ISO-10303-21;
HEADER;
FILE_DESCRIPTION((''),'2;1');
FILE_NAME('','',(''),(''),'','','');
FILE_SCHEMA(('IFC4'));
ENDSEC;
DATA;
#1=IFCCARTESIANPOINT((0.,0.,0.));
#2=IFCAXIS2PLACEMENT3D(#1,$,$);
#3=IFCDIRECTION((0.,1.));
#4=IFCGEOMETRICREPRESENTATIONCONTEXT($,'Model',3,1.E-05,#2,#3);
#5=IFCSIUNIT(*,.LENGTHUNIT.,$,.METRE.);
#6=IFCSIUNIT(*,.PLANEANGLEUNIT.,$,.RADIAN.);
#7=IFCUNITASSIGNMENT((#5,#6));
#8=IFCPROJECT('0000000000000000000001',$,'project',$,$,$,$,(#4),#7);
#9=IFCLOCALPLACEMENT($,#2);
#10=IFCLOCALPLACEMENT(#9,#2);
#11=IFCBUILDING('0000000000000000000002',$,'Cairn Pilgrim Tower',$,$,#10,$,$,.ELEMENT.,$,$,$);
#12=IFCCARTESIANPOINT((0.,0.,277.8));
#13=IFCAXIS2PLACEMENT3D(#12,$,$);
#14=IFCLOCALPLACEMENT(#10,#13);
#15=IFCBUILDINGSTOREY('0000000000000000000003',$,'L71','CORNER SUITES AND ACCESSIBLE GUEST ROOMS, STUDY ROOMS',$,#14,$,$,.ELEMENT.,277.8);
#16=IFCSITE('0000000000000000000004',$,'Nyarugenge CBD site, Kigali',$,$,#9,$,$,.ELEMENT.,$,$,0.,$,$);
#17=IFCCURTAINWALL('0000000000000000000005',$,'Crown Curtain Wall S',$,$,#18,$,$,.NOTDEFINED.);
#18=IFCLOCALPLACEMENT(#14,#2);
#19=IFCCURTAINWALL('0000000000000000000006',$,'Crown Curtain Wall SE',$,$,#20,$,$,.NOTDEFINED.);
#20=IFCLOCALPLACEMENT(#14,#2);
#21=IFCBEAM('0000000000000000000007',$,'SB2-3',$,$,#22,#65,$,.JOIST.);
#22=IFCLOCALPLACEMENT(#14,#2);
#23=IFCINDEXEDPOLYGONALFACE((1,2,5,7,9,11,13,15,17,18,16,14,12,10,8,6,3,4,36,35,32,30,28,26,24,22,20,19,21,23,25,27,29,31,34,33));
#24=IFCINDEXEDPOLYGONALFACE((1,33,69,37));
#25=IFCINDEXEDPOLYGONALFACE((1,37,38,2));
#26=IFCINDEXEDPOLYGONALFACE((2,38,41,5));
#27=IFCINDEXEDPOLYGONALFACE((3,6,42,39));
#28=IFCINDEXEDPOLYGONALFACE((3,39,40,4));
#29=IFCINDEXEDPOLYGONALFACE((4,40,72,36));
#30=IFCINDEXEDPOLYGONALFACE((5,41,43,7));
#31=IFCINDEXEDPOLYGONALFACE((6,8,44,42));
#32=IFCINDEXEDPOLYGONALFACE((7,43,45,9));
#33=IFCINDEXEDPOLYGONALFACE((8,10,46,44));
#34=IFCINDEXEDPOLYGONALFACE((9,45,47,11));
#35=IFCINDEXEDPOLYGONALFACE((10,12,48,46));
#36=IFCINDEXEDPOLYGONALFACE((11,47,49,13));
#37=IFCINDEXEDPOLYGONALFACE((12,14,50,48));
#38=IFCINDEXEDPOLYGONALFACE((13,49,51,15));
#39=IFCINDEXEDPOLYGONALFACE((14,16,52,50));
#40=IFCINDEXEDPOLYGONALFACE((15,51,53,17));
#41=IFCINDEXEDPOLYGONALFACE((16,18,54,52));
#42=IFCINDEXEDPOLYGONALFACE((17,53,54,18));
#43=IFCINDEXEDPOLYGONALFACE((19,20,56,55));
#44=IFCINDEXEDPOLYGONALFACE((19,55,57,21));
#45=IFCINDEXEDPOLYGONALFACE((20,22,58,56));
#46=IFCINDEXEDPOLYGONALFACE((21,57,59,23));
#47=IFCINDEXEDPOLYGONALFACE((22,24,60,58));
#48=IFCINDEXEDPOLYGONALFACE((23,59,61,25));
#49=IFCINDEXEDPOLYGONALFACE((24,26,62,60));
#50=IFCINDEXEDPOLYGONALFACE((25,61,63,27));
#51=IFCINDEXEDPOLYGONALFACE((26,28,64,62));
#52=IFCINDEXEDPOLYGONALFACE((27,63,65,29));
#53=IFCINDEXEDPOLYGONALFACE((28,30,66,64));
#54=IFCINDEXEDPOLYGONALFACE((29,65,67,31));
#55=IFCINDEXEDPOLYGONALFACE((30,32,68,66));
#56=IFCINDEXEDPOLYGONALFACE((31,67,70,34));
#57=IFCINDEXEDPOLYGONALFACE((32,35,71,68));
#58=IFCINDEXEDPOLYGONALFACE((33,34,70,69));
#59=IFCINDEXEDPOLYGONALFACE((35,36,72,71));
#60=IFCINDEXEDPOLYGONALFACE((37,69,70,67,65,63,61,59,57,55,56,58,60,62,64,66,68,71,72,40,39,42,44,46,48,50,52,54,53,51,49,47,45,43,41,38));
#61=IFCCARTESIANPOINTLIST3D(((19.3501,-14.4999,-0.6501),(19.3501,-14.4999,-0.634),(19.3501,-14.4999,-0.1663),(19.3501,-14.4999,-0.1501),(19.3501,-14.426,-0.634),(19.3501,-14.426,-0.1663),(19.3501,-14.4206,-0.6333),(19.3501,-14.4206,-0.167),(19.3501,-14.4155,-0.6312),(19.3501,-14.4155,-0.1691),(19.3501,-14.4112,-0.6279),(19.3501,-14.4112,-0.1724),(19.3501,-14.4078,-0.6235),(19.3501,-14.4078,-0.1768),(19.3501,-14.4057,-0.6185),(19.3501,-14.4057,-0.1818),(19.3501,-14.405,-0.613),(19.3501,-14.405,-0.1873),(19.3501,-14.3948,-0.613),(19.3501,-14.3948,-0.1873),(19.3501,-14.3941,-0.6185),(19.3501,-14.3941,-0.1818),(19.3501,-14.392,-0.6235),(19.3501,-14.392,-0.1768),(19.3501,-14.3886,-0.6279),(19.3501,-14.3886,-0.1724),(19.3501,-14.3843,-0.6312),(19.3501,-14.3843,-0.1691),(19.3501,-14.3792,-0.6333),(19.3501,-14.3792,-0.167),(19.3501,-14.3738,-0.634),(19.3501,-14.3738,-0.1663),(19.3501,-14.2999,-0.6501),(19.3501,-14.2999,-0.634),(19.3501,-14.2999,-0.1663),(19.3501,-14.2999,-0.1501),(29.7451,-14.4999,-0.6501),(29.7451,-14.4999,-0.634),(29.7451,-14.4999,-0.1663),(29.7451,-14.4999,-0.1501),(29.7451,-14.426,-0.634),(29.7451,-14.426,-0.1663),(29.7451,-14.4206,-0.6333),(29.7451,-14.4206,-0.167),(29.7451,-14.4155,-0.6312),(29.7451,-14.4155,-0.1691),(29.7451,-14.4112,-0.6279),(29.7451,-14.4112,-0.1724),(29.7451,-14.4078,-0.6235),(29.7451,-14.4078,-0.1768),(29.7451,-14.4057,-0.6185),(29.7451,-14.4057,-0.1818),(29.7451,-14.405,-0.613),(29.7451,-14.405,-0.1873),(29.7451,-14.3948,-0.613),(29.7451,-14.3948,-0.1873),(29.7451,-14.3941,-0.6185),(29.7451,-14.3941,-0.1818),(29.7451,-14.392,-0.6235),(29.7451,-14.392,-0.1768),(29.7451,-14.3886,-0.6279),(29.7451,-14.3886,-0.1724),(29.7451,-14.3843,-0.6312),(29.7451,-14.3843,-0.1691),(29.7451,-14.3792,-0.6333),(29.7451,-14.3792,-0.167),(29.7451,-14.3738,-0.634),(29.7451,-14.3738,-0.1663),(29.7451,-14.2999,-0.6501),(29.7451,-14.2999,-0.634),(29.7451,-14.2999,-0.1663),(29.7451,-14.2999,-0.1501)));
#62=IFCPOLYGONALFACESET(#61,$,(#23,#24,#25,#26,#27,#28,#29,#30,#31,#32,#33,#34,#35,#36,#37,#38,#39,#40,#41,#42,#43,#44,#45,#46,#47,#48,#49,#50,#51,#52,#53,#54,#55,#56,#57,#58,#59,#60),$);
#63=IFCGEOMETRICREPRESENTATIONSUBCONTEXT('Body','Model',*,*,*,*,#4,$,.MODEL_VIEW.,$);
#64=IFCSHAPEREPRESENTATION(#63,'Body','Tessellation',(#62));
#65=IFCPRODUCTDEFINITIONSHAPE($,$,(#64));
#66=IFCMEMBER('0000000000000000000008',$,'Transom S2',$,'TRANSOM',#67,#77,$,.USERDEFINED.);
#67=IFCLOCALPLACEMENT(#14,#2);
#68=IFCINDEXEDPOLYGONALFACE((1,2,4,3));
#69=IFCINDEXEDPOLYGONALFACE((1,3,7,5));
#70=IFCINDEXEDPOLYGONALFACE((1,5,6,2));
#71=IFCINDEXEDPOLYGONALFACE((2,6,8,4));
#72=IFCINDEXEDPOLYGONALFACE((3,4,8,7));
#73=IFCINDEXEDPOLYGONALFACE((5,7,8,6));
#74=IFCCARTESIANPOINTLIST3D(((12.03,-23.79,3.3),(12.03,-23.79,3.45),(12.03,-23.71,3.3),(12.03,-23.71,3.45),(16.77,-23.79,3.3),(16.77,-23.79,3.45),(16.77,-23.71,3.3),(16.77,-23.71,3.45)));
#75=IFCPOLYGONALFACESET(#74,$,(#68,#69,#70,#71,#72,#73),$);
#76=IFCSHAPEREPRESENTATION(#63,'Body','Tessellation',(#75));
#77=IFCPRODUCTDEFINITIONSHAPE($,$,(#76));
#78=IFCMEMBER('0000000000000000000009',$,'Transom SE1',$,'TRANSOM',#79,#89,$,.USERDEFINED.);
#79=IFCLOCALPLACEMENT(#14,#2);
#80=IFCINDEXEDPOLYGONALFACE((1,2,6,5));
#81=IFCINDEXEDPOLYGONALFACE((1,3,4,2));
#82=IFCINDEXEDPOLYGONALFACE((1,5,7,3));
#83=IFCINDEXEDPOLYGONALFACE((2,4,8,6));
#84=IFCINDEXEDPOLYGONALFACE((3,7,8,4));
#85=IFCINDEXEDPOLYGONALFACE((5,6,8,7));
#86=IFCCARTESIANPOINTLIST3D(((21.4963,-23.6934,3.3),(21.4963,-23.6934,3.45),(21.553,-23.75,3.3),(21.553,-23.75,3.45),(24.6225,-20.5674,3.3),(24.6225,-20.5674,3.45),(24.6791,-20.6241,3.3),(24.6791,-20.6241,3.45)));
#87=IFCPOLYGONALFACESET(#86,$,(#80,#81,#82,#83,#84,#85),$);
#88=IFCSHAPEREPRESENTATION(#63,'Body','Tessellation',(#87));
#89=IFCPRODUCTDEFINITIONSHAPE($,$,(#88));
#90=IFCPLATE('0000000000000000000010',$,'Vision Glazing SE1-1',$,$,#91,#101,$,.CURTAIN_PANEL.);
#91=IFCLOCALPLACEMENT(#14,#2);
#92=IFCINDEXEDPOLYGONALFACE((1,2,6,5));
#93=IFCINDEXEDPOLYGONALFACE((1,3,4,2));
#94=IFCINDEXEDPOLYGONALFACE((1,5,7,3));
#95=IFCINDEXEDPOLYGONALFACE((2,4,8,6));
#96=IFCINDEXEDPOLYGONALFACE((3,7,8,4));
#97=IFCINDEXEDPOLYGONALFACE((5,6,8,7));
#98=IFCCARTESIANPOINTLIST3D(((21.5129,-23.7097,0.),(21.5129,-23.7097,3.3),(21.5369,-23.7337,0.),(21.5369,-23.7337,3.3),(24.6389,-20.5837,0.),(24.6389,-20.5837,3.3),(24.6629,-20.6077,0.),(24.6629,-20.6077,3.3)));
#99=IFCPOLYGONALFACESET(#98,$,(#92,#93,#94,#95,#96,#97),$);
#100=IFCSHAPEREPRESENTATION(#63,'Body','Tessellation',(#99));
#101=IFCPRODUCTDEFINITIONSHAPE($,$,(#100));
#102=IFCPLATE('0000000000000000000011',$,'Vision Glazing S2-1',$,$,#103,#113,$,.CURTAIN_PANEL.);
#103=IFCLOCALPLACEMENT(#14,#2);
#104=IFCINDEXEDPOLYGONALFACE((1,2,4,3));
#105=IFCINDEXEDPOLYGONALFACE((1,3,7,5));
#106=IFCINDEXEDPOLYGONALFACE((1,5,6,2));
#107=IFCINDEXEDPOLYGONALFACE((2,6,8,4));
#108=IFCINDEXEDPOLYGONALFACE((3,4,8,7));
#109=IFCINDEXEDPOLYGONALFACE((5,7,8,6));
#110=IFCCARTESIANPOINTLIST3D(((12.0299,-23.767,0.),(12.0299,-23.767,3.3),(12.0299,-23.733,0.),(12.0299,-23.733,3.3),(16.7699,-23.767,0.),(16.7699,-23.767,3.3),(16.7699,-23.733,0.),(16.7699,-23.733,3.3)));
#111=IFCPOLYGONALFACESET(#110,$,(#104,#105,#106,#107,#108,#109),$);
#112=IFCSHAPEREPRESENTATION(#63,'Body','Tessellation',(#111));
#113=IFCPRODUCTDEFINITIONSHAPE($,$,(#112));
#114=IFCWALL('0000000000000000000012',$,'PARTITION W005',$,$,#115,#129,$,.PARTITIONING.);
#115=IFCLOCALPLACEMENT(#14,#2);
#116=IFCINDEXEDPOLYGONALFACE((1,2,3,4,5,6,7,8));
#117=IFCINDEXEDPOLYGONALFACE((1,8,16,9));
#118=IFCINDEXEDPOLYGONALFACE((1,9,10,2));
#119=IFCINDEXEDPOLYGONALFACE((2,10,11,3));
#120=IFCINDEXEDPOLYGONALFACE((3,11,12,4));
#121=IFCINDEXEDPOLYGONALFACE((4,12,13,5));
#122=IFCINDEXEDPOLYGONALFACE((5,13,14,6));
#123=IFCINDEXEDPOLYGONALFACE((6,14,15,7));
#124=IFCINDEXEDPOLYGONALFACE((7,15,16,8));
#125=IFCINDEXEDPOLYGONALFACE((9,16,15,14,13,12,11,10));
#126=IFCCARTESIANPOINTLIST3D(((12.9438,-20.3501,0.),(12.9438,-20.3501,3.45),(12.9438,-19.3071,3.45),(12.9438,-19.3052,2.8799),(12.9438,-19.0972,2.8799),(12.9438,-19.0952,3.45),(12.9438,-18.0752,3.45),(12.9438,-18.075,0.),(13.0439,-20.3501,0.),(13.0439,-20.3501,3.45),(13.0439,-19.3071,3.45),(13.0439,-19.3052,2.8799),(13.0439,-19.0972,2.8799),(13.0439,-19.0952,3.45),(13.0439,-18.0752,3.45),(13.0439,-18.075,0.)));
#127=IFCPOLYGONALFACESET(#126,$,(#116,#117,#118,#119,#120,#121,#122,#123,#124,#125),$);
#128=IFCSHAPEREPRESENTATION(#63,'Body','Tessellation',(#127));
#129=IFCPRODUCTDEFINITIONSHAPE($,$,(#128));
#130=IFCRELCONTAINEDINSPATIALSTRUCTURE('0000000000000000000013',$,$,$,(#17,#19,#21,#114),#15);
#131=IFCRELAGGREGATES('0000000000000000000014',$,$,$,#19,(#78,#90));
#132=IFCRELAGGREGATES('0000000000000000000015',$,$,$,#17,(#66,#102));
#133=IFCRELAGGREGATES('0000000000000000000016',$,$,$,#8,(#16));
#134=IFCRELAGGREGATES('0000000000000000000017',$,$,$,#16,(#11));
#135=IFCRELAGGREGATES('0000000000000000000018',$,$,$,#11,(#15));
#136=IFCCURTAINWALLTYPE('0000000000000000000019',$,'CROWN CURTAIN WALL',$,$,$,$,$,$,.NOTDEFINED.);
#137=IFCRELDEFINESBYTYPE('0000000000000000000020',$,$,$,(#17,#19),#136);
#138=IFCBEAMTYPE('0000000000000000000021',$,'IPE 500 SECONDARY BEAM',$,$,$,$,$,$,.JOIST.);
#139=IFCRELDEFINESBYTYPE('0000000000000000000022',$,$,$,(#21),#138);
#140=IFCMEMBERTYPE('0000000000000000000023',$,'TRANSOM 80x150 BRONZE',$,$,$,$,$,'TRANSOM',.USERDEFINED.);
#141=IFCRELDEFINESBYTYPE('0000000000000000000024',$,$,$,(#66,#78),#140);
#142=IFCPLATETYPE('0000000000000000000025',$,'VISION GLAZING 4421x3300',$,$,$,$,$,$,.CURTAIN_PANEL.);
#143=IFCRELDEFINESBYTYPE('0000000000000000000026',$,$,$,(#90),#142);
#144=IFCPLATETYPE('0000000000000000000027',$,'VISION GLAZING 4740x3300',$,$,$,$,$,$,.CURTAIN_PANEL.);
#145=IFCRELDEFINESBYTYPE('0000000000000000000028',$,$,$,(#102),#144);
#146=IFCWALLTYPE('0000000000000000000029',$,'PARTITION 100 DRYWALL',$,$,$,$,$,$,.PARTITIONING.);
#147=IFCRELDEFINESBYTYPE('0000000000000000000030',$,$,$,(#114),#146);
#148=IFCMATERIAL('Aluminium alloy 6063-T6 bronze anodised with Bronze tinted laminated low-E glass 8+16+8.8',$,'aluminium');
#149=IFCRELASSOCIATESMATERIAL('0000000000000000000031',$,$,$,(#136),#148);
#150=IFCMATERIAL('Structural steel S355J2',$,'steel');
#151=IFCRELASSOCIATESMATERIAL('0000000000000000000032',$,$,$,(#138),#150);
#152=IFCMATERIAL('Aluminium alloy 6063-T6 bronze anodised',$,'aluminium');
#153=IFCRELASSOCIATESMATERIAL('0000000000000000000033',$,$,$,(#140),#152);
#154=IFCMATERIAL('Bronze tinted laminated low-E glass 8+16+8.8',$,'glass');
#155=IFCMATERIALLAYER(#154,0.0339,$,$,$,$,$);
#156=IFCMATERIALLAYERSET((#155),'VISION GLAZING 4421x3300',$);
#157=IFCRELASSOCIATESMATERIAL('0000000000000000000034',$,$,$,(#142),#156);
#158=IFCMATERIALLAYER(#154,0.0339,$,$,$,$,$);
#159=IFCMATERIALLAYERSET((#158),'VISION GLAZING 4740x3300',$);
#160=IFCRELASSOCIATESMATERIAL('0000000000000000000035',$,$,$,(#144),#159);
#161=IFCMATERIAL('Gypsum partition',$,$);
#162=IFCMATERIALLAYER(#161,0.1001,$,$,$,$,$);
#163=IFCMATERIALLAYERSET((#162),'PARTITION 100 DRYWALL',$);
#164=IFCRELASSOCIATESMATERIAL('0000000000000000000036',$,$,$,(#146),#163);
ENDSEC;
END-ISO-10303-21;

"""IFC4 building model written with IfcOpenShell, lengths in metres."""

from ifc_helpers import new_model, si_unit, direction, frame, origin, origin_2d, place, context, subcontext, project, spatial, polyline, rectangle, i_section, outline, extrude, material, layer, layer_set, material_profile, profile_set, type_object, element, aggregate, save


model = new_model("IFC4")

# Units and contexts
model_context = context("Model", 3, precision=1e-05, world=origin(), true_north=direction((0.0, 1.0)))
body_context = subcontext(model_context, "Body", "Model", "MODEL_VIEW")
ifc_project = project(units=[si_unit("LENGTHUNIT", "METRE"), si_unit("PLANEANGLEUNIT", "RADIAN")], contexts=[model_context])

# Site, building, storey
site_placement = place(None, origin())
site = spatial("IfcSite", under=ifc_project, at=site_placement, Name="Nyarugenge CBD site, Kigali", CompositionType="ELEMENT", RefElevation=0.0)
building_placement = place(site_placement, origin())
building = spatial("IfcBuilding", under=site, at=building_placement, Name="Cairn Pilgrim Tower", CompositionType="ELEMENT")
storey_placement = place(building_placement, frame((0.0, 0.0, 277.8)))
storey = spatial("IfcBuildingStorey", under=building, at=storey_placement, Name="L71", Description="CORNER SUITES AND ACCESSIBLE GUEST ROOMS, STUDY ROOMS", CompositionType="ELEMENT", Elevation=277.8)

# Shared definitions
ifc_material_1 = material(Name="Structural steel S355J2", Category="steel")

# Curtain wall
ifc_material_2 = material(Name="Aluminium alloy 6063-T6 bronze anodised with Bronze tinted laminated low-E glass 8+16+8.8", Category="aluminium")
curtain_wall_type = type_object("IfcCurtainWallType", Name="CROWN CURTAIN WALL", PredefinedType="NOTDEFINED", material=ifc_material_2)
curtain_wall_1_placement = place(storey_placement, origin())
curtain_wall_1 = element("IfcCurtainWall", 1, at=curtain_wall_1_placement, inside=storey, type_object=curtain_wall_type, Name="Crown Curtain Wall S", PredefinedType="NOTDEFINED")
ifc_material_3 = material(Name="Aluminium alloy 6063-T6 bronze anodised", Category="aluminium")

# Curtain wall
curtain_wall_2_placement = place(storey_placement, origin())
curtain_wall_2 = element("IfcCurtainWall", 2, at=curtain_wall_2_placement, inside=storey, type_object=curtain_wall_type, Name="Crown Curtain Wall SE", PredefinedType="NOTDEFINED")

# Beam
ifc_material_profile_1 = material_profile(ifc_material_1, i_section(OverallWidth=0.2, OverallDepth=0.5, WebThickness=0.0103, FlangeThickness=0.0161, FilletRadius=0.021, at=origin_2d()), Name="IPE 500")
ifc_profile_set_1 = profile_set([ifc_material_profile_1], Name="Structural steel S355J2")
beam_type_1 = type_object("IfcBeamType", Name="IPE 500 SECONDARY BEAM", PredefinedType="JOIST", material=ifc_profile_set_1)
beam_1_placement = place(storey_placement, frame((19.3501, -14.3999, -0.4001), z_axis=(1.0, 0.0, 0.0), x_axis=(0.0, 1.0, 0.0)))
element("IfcBeam", 3, at=beam_1_placement, inside=storey, type_object=beam_type_1, Name="SB2-3", PredefinedType="JOIST", context=body_context, shape_type="SweptSolid", body=[
    extrude(i_section(OverallWidth=0.2, OverallDepth=0.5, WebThickness=0.0103, FlangeThickness=0.0161, FilletRadius=0.021, at=origin_2d()), origin(), (0.0, 0.0, 1.0), 10.395),
])

# Members
ifc_material_profile_2 = material_profile(ifc_material_3, rectangle(XDim=0.0801, YDim=0.1499, at=origin_2d()), Name="TRANSOM 80x150 BRONZE")
ifc_profile_set_2 = profile_set([ifc_material_profile_2], Name="Aluminium alloy 6063-T6 bronze anodised")
member_type_1 = type_object("IfcMemberType", Name="TRANSOM 80x150 BRONZE", ElementType="TRANSOM", PredefinedType="USERDEFINED", material=ifc_profile_set_2)
member_1_placement = place(storey_placement, frame((12.03, -23.75, 3.375), z_axis=(1.0, 0.0, 0.0), x_axis=(0.0, 1.0, 0.0)))
member_1 = element("IfcMember", 4, at=member_1_placement, type_object=member_type_1, Name="Transom S2", ObjectType="TRANSOM", PredefinedType="USERDEFINED", context=body_context, shape_type="SweptSolid", body=[
    extrude(rectangle(XDim=0.0801, YDim=0.1499, at=origin_2d()), origin(), (0.0, 0.0, 1.0), 4.74),
])
member_2_placement = place(storey_placement, frame((21.5247, -23.7217, 3.375), z_axis=(0.707134, 0.707079, 0.0), x_axis=(-0.707079, 0.707134, 0.0)))
member_2 = element("IfcMember", 5, at=member_2_placement, type_object=member_type_1, Name="Transom SE1", ObjectType="TRANSOM", PredefinedType="USERDEFINED", context=body_context, shape_type="SweptSolid", body=[
    extrude(rectangle(XDim=0.0801, YDim=0.1499, at=origin_2d()), origin(), (0.0, 0.0, 1.0), 4.4209),
])

# Plates
ifc_material_4 = material(Name="Bronze tinted laminated low-E glass 8+16+8.8", Category="glass")
ifc_layer_1 = layer(ifc_material_4, 0.0339)
ifc_layer_set_1 = layer_set([ifc_layer_1], Name="VISION GLAZING 4421x3300")
plate_type_1 = type_object("IfcPlateType", Name="VISION GLAZING 4421x3300", PredefinedType="CURTAIN_PANEL", material=ifc_layer_set_1)
plate_1_placement = place(storey_placement, frame((23.0879, -22.1587, 0.0), z_axis=(0.0, 0.0, 1.0), x_axis=(0.707107, 0.707107, 0.0)))
plate_1 = element("IfcPlate", 6, at=plate_1_placement, type_object=plate_type_1, Name="Vision Glazing SE1-1", PredefinedType="CURTAIN_PANEL", context=body_context, shape_type="SweptSolid", body=[
    extrude(rectangle(XDim=4.4209, YDim=0.0339, at=origin_2d()), origin(), (0.0, 0.0, 1.0), 3.3),
])
aggregate(curtain_wall_2, [member_2, plate_1])
ifc_layer_2 = layer(ifc_material_4, 0.0339)
ifc_layer_set_2 = layer_set([ifc_layer_2], Name="VISION GLAZING 4740x3300")
plate_type_2 = type_object("IfcPlateType", Name="VISION GLAZING 4740x3300", PredefinedType="CURTAIN_PANEL", material=ifc_layer_set_2)
plate_2_placement = place(storey_placement, frame((14.3999, -23.75, 0.0), z_axis=(0.0, 0.0, 1.0), x_axis=(1.0, 0.0, 0.0)))
plate_2 = element("IfcPlate", 7, at=plate_2_placement, type_object=plate_type_2, Name="Vision Glazing S2-1", PredefinedType="CURTAIN_PANEL", context=body_context, shape_type="SweptSolid", body=[
    extrude(rectangle(XDim=4.74, YDim=0.0339, at=origin_2d()), origin(), (0.0, 0.0, 1.0), 3.3),
])
aggregate(curtain_wall_1, [member_1, plate_2])

# Wall
ifc_material_5 = material(Name="Gypsum partition")
ifc_layer_3 = layer(ifc_material_5, 0.1001)
ifc_layer_set_3 = layer_set([ifc_layer_3], Name="PARTITION 100 DRYWALL")
wall_type_1 = type_object("IfcWallType", Name="PARTITION 100 DRYWALL", PredefinedType="PARTITIONING", material=ifc_layer_set_3)
wall_1_placement = place(storey_placement, frame((12.9939, -20.3501, 0.0), z_axis=(0.0, 0.0, 1.0), x_axis=(0.0, 1.0, 0.0)))
element("IfcWall", 8, at=wall_1_placement, inside=storey, type_object=wall_type_1, Name="PARTITION W005", PredefinedType="PARTITIONING", context=body_context, shape_type="SweptSolid", body=[
    extrude(outline(polyline([(0.0, 0.0), (2.2751, 0.0), (2.2749, 3.45), (1.2549, 3.45), (1.2529, 2.8799), (1.0449, 2.8799), (1.043, 3.45), (0.0, 3.45), (0.0, 0.0)])), frame((0.0, 0.05, 0.0), z_axis=(0.0, -1.0, 0.0), x_axis=(1.0, 0.0, 0.0)), (0.0, 0.0, 1.0), 0.1001),
])

save(model, "model.ifc")
